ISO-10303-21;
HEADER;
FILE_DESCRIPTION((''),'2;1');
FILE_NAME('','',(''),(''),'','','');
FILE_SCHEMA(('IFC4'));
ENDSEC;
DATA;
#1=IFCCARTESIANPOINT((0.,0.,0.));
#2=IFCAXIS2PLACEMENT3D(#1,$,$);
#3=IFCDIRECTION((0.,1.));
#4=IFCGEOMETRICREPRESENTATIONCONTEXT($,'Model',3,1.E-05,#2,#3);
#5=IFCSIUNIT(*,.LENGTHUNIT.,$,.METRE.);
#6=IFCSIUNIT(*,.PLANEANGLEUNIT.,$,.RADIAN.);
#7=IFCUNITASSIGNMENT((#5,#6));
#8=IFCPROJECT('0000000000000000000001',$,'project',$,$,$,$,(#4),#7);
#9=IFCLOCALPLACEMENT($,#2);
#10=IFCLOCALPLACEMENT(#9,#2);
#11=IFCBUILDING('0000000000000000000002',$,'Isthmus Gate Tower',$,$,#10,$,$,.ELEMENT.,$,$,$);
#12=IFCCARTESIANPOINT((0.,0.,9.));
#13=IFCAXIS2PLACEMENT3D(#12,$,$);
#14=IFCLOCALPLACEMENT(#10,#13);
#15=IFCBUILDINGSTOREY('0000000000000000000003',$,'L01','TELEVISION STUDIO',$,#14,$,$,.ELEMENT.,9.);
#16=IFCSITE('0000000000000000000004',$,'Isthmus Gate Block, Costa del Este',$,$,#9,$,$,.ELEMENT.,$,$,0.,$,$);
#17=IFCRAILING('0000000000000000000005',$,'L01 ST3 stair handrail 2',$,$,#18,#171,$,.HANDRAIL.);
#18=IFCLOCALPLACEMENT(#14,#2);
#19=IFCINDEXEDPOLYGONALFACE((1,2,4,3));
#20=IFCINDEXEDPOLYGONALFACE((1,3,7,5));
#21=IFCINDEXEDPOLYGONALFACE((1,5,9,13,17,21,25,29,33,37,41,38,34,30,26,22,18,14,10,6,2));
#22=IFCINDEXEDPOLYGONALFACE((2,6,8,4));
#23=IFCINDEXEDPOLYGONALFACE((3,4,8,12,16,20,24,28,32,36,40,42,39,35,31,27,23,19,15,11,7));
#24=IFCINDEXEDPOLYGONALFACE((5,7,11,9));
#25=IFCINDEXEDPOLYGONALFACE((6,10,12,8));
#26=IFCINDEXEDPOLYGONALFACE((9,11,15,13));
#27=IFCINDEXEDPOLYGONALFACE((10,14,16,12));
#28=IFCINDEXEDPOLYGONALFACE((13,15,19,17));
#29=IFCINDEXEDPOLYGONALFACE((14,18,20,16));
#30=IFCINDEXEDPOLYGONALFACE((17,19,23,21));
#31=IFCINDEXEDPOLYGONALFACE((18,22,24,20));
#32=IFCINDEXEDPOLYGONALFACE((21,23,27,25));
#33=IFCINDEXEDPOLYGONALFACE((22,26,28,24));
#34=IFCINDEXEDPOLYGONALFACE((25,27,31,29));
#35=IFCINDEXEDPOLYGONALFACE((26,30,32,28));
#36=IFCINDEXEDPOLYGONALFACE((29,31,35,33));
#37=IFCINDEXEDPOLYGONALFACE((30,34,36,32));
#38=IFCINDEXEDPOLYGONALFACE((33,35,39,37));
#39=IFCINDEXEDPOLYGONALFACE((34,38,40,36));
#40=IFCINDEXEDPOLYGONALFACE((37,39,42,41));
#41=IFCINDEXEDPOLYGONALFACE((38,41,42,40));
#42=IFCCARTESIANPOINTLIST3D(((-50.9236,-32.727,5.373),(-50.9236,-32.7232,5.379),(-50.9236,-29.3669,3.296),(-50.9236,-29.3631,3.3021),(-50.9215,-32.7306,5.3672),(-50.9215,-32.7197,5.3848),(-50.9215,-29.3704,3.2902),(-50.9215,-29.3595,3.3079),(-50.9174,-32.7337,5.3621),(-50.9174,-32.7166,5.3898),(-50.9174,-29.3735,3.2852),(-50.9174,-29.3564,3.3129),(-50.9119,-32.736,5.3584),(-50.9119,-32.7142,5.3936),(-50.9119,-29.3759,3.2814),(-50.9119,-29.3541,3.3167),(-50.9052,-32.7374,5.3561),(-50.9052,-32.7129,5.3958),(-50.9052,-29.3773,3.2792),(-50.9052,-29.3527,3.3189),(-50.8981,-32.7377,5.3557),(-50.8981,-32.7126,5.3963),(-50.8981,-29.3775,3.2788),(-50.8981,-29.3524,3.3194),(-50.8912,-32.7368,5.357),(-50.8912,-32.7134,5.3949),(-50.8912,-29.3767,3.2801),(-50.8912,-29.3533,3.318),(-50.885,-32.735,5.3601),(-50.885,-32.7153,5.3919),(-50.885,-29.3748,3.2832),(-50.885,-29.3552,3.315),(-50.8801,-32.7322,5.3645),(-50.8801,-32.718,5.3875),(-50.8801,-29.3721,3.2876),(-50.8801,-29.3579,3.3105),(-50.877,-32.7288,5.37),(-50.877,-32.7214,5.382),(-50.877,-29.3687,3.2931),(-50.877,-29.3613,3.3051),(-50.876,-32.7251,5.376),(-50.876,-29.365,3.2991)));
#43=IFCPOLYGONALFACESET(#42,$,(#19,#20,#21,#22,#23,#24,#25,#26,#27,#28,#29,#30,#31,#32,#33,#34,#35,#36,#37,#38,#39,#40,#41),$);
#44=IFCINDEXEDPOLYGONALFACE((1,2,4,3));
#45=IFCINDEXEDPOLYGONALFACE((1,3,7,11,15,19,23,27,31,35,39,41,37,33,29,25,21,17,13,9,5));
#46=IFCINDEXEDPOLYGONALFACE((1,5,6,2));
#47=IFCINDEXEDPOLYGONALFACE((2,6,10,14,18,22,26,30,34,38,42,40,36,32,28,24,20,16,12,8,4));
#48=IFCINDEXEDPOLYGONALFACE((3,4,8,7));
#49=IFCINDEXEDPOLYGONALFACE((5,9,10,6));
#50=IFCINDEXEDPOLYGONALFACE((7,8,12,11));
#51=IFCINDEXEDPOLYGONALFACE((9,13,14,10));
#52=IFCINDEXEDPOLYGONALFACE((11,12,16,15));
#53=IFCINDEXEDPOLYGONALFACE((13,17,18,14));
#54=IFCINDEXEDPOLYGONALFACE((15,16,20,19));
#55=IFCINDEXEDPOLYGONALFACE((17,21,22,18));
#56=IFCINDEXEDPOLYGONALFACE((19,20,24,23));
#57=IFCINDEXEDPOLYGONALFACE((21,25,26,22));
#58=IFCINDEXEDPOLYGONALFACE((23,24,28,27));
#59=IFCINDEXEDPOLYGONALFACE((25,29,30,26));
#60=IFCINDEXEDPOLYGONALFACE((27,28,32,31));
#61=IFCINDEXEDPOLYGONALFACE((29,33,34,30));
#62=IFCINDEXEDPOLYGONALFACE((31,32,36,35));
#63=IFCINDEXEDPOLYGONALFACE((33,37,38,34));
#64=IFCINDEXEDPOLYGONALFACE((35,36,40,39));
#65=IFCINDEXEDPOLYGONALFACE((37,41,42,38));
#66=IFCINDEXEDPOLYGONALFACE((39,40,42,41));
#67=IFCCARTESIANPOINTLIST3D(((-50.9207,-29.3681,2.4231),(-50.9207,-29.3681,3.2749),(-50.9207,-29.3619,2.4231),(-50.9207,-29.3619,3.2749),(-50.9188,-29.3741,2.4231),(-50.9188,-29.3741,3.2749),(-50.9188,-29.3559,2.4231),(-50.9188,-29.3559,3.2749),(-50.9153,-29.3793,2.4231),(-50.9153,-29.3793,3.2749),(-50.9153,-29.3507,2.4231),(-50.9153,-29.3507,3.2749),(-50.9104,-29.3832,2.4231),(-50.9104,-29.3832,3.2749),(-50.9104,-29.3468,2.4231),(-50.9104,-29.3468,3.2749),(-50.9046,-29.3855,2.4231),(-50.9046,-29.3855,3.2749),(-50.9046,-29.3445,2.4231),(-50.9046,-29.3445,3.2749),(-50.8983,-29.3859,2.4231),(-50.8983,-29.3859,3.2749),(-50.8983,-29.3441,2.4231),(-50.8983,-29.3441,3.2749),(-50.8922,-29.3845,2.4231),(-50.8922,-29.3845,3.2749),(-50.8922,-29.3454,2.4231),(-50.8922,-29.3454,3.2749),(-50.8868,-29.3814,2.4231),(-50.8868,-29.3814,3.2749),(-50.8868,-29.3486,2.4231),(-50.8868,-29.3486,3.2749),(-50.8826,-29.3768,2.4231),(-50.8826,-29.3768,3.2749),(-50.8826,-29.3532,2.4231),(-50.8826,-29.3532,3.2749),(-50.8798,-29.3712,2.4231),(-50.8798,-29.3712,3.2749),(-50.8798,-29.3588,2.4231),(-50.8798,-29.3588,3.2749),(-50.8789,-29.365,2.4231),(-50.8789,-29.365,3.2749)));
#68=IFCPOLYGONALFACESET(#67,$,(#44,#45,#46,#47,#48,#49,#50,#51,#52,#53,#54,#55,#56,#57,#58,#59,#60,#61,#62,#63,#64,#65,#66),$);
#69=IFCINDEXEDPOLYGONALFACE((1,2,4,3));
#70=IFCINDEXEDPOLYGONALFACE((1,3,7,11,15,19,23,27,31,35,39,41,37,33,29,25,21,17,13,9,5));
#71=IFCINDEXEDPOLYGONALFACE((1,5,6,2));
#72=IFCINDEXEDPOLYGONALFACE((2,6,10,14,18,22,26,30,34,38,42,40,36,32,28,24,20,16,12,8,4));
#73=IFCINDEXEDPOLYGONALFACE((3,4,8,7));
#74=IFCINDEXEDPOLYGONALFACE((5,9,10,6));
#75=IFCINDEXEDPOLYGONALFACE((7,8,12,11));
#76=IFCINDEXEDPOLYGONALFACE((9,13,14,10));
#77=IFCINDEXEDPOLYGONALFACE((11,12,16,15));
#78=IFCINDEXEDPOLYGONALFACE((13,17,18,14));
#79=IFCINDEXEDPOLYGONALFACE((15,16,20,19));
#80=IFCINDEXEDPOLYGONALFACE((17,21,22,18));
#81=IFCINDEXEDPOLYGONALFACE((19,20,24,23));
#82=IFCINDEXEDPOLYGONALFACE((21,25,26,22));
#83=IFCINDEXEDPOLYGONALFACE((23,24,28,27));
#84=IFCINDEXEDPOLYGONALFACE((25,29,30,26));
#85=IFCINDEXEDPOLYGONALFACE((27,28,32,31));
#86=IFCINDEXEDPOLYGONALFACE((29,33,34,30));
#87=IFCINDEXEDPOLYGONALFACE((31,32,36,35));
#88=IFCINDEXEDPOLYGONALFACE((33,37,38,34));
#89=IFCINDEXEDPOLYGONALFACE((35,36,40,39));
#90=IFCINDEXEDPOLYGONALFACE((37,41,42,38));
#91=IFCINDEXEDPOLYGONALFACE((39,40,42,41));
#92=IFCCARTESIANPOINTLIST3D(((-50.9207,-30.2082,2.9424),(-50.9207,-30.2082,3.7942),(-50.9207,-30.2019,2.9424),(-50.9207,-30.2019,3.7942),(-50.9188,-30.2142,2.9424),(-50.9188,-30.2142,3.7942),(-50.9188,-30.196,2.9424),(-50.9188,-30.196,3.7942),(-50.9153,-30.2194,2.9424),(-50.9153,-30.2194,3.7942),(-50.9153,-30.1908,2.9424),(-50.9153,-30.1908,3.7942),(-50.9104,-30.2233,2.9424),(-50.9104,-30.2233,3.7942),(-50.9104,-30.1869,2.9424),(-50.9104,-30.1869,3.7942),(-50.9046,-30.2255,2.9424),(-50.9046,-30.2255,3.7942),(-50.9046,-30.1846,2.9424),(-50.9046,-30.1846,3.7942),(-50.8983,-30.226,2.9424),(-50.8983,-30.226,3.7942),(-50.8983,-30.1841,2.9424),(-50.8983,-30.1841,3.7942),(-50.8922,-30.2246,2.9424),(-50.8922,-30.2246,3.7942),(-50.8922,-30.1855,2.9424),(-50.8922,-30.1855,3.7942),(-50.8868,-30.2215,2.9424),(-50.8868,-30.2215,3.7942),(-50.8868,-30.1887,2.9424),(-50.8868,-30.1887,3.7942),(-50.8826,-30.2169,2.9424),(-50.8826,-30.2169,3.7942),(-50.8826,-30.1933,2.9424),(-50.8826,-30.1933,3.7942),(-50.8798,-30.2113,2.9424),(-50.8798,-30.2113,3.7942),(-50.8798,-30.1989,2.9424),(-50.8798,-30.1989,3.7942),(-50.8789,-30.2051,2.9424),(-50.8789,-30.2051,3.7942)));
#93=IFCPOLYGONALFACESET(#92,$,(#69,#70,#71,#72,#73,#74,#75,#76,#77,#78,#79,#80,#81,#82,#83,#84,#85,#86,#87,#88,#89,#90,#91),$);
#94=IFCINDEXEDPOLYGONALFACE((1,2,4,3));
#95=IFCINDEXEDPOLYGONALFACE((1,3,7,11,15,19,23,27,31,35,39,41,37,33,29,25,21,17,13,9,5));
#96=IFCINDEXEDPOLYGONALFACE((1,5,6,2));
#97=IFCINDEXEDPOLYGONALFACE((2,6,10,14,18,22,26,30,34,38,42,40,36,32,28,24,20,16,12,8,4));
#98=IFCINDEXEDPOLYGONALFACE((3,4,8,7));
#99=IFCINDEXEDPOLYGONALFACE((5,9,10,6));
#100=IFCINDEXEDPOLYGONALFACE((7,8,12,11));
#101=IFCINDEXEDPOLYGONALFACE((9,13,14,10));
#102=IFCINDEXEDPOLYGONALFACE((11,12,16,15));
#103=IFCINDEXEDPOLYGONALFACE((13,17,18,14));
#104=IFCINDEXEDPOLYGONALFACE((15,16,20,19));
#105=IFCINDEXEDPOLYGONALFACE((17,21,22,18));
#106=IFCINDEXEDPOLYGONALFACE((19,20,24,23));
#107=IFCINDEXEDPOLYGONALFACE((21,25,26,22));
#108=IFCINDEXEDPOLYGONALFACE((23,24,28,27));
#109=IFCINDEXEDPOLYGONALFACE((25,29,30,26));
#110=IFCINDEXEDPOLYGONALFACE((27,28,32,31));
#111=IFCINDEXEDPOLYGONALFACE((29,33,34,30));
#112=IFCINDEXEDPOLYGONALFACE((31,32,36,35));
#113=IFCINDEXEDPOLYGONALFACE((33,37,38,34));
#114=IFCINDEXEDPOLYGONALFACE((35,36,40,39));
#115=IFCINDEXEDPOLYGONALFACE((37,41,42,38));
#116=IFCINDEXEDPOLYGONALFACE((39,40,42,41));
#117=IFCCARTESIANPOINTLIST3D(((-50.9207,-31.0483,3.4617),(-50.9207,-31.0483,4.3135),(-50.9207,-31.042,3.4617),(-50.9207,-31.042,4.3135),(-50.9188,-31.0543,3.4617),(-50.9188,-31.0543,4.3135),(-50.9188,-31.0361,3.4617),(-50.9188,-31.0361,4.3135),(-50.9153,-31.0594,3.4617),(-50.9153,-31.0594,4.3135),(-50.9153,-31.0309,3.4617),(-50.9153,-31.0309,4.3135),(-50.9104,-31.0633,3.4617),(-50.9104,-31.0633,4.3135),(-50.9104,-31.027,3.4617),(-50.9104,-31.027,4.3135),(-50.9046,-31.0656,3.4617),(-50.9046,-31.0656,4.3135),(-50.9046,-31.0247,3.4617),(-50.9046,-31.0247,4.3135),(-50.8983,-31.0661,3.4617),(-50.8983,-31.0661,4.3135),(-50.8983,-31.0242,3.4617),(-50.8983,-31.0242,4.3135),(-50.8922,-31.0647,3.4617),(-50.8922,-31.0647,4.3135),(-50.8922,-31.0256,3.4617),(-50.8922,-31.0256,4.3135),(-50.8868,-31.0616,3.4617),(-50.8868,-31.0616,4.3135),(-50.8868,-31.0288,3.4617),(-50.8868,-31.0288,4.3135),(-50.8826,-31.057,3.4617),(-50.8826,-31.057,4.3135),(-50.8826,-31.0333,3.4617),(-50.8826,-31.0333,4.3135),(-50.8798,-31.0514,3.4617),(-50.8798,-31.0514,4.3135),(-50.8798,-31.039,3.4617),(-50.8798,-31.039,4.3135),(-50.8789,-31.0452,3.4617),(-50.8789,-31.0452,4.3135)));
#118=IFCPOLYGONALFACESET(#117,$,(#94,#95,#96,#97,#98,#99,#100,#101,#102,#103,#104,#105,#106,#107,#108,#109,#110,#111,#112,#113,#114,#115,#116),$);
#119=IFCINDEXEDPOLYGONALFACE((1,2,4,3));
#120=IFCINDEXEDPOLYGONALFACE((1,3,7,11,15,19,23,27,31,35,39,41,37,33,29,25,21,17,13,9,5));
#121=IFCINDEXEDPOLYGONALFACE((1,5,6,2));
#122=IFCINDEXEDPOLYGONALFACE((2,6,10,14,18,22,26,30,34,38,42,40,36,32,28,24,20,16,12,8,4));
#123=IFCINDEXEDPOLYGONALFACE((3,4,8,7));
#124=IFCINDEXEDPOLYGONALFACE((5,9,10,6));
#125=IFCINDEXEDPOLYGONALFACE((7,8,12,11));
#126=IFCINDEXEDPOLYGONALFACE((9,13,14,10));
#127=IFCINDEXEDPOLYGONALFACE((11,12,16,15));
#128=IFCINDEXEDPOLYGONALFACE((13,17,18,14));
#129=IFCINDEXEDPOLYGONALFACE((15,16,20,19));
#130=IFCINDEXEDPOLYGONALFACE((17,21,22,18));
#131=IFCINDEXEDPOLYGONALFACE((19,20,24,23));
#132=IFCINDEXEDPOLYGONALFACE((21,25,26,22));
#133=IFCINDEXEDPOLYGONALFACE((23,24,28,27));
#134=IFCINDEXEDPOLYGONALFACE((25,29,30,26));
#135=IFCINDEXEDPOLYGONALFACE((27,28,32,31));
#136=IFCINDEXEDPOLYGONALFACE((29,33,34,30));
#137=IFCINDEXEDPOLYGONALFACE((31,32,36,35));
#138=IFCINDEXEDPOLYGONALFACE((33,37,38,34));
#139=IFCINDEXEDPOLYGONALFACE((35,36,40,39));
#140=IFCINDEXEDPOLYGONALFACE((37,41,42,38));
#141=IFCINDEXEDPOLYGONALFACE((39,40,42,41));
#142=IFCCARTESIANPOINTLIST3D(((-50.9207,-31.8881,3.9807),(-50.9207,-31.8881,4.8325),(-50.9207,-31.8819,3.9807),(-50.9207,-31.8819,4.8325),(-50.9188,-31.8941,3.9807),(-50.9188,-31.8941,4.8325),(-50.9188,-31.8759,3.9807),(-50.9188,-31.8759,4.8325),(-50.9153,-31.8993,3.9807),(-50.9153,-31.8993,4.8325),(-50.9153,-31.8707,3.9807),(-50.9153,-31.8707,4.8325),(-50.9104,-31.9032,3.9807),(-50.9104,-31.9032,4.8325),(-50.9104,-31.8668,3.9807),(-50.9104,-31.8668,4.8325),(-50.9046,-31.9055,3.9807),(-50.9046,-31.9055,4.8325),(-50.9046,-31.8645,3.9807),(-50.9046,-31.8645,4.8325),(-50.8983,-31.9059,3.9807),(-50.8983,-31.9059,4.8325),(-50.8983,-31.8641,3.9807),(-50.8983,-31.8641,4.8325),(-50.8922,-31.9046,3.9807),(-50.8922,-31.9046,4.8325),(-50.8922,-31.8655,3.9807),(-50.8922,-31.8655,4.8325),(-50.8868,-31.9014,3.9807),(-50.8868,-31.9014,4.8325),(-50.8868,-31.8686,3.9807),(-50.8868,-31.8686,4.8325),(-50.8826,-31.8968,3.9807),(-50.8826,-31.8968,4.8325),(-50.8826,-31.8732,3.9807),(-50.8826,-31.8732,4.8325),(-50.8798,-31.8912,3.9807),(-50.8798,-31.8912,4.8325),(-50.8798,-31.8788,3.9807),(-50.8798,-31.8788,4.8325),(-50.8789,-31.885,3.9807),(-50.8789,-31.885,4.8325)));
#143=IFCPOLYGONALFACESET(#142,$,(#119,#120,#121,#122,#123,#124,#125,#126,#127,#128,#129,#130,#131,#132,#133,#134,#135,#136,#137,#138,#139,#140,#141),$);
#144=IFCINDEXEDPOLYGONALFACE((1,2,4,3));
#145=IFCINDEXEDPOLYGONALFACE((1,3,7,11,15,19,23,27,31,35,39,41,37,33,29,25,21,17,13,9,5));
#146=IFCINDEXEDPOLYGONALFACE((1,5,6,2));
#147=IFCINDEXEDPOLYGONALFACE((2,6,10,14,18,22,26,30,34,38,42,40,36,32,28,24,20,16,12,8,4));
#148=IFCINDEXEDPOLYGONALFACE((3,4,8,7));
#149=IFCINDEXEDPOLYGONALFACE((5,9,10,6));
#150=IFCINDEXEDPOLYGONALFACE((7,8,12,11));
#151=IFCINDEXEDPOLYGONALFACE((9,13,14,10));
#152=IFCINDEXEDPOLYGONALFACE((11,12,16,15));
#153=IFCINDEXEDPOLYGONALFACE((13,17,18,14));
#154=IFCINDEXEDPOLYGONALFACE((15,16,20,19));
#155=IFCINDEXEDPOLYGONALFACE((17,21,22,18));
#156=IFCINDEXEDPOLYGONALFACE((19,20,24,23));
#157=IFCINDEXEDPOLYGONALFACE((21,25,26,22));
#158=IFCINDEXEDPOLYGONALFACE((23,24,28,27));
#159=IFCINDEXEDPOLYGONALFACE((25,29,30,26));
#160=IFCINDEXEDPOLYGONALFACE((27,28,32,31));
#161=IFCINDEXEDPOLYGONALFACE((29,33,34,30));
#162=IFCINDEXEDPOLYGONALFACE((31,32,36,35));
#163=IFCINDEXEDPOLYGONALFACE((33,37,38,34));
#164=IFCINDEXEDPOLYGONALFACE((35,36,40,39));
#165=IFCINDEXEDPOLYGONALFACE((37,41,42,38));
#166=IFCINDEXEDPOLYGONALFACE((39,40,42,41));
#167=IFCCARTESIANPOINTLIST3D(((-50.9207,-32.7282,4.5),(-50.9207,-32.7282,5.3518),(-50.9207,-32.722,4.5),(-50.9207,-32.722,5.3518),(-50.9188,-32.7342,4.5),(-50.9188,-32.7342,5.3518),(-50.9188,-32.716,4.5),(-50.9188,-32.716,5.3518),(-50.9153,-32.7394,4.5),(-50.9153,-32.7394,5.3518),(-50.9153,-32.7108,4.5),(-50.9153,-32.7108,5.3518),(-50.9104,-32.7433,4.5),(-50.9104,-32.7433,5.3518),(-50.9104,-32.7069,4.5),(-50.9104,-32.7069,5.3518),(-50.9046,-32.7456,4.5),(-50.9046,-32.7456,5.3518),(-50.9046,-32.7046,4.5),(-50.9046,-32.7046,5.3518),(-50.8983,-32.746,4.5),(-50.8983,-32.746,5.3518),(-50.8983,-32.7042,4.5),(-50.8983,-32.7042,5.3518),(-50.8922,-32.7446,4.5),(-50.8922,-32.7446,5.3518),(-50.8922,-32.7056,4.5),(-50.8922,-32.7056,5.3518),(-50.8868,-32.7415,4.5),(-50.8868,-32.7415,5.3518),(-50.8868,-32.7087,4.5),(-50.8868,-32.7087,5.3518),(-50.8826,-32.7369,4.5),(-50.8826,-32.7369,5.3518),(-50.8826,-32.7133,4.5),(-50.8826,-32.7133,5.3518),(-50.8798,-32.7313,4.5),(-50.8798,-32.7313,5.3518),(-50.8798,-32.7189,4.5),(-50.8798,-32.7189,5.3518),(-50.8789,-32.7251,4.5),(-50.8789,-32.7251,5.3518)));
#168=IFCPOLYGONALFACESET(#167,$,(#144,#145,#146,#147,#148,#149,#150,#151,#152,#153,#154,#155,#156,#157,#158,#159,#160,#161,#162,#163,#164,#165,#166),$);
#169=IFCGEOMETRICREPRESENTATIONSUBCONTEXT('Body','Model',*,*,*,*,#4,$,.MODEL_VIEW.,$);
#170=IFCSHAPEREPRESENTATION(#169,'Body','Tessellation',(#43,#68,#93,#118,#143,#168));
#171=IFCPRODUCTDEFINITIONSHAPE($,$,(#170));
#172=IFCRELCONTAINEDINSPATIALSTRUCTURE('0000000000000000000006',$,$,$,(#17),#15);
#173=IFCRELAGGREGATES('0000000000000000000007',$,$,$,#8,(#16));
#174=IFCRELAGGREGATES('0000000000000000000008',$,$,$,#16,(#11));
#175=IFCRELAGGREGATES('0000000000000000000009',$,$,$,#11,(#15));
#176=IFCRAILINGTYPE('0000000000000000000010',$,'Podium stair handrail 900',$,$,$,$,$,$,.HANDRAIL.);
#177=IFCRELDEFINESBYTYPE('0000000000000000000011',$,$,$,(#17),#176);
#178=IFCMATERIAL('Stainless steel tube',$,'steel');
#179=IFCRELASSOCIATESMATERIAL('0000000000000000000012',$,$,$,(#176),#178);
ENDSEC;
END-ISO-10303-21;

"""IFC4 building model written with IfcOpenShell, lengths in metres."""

from ifc_helpers import new_model, si_unit, direction, frame, origin, origin_2d, place, context, subcontext, project, spatial, circle, extrude, material, type_object, element, save


model = new_model("IFC4")

# Units and contexts
model_context = context("Model", 3, precision=1e-05, world=origin(), true_north=direction((0.0, 1.0)))
body_context = subcontext(model_context, "Body", "Model", "MODEL_VIEW")
ifc_project = project(units=[si_unit("LENGTHUNIT", "METRE"), si_unit("PLANEANGLEUNIT", "RADIAN")], contexts=[model_context])

# Site, building, storey
site_placement = place(None, origin())
site = spatial("IfcSite", under=ifc_project, at=site_placement, Name="Isthmus Gate Block, Costa del Este", CompositionType="ELEMENT", RefElevation=0.0)
building_placement = place(site_placement, origin())
building = spatial("IfcBuilding", under=site, at=building_placement, Name="Isthmus Gate Tower", CompositionType="ELEMENT")
storey_placement = place(building_placement, frame((0.0, 0.0, 9.0)))
storey = spatial("IfcBuildingStorey", under=building, at=storey_placement, Name="L01", Description="TELEVISION STUDIO", CompositionType="ELEMENT", Elevation=9.0)

# Railing
ifc_material_1 = material(Name="Stainless steel tube", Category="steel")
railing_type_1 = type_object("IfcRailingType", Name="Podium stair handrail 900", PredefinedType="HANDRAIL", material=ifc_material_1)
railing_1_placement = place(storey_placement, frame((-50.8999, -29.365, 2.4231)))
element("IfcRailing", 1, at=railing_1_placement, inside=storey, type_object=railing_type_1, Name="L01 ST3 stair handrail 2", PredefinedType="HANDRAIL", context=body_context, shape_type="SweptSolid", body=[
    extrude(circle(Radius=0.0239, at=origin_2d()), frame((0.0, 0.0, 0.876), z_axis=(0.0, -0.850623, 0.525776), x_axis=(1.0, 0.0, 0.0)), (0.0, 0.0, 1.0), 3.9502),
    extrude(circle(Radius=0.021, at=origin_2d()), origin(), (0.0, 0.0, 1.0), 0.8518),
    extrude(circle(Radius=0.021, at=origin_2d()), frame((0.0, -0.8401, 0.5193)), (0.0, 0.0, 1.0), 0.8518),
    extrude(circle(Radius=0.021, at=origin_2d()), frame((0.0, -1.6802, 1.0386)), (0.0, 0.0, 1.0), 0.8518),
    extrude(circle(Radius=0.021, at=origin_2d()), frame((0.0, -2.52, 1.5576)), (0.0, 0.0, 1.0), 0.8518),
    extrude(circle(Radius=0.021, at=origin_2d()), frame((0.0, -3.3601, 2.0769)), (0.0, 0.0, 1.0), 0.8518),
])

save(model, "model.ifc")
